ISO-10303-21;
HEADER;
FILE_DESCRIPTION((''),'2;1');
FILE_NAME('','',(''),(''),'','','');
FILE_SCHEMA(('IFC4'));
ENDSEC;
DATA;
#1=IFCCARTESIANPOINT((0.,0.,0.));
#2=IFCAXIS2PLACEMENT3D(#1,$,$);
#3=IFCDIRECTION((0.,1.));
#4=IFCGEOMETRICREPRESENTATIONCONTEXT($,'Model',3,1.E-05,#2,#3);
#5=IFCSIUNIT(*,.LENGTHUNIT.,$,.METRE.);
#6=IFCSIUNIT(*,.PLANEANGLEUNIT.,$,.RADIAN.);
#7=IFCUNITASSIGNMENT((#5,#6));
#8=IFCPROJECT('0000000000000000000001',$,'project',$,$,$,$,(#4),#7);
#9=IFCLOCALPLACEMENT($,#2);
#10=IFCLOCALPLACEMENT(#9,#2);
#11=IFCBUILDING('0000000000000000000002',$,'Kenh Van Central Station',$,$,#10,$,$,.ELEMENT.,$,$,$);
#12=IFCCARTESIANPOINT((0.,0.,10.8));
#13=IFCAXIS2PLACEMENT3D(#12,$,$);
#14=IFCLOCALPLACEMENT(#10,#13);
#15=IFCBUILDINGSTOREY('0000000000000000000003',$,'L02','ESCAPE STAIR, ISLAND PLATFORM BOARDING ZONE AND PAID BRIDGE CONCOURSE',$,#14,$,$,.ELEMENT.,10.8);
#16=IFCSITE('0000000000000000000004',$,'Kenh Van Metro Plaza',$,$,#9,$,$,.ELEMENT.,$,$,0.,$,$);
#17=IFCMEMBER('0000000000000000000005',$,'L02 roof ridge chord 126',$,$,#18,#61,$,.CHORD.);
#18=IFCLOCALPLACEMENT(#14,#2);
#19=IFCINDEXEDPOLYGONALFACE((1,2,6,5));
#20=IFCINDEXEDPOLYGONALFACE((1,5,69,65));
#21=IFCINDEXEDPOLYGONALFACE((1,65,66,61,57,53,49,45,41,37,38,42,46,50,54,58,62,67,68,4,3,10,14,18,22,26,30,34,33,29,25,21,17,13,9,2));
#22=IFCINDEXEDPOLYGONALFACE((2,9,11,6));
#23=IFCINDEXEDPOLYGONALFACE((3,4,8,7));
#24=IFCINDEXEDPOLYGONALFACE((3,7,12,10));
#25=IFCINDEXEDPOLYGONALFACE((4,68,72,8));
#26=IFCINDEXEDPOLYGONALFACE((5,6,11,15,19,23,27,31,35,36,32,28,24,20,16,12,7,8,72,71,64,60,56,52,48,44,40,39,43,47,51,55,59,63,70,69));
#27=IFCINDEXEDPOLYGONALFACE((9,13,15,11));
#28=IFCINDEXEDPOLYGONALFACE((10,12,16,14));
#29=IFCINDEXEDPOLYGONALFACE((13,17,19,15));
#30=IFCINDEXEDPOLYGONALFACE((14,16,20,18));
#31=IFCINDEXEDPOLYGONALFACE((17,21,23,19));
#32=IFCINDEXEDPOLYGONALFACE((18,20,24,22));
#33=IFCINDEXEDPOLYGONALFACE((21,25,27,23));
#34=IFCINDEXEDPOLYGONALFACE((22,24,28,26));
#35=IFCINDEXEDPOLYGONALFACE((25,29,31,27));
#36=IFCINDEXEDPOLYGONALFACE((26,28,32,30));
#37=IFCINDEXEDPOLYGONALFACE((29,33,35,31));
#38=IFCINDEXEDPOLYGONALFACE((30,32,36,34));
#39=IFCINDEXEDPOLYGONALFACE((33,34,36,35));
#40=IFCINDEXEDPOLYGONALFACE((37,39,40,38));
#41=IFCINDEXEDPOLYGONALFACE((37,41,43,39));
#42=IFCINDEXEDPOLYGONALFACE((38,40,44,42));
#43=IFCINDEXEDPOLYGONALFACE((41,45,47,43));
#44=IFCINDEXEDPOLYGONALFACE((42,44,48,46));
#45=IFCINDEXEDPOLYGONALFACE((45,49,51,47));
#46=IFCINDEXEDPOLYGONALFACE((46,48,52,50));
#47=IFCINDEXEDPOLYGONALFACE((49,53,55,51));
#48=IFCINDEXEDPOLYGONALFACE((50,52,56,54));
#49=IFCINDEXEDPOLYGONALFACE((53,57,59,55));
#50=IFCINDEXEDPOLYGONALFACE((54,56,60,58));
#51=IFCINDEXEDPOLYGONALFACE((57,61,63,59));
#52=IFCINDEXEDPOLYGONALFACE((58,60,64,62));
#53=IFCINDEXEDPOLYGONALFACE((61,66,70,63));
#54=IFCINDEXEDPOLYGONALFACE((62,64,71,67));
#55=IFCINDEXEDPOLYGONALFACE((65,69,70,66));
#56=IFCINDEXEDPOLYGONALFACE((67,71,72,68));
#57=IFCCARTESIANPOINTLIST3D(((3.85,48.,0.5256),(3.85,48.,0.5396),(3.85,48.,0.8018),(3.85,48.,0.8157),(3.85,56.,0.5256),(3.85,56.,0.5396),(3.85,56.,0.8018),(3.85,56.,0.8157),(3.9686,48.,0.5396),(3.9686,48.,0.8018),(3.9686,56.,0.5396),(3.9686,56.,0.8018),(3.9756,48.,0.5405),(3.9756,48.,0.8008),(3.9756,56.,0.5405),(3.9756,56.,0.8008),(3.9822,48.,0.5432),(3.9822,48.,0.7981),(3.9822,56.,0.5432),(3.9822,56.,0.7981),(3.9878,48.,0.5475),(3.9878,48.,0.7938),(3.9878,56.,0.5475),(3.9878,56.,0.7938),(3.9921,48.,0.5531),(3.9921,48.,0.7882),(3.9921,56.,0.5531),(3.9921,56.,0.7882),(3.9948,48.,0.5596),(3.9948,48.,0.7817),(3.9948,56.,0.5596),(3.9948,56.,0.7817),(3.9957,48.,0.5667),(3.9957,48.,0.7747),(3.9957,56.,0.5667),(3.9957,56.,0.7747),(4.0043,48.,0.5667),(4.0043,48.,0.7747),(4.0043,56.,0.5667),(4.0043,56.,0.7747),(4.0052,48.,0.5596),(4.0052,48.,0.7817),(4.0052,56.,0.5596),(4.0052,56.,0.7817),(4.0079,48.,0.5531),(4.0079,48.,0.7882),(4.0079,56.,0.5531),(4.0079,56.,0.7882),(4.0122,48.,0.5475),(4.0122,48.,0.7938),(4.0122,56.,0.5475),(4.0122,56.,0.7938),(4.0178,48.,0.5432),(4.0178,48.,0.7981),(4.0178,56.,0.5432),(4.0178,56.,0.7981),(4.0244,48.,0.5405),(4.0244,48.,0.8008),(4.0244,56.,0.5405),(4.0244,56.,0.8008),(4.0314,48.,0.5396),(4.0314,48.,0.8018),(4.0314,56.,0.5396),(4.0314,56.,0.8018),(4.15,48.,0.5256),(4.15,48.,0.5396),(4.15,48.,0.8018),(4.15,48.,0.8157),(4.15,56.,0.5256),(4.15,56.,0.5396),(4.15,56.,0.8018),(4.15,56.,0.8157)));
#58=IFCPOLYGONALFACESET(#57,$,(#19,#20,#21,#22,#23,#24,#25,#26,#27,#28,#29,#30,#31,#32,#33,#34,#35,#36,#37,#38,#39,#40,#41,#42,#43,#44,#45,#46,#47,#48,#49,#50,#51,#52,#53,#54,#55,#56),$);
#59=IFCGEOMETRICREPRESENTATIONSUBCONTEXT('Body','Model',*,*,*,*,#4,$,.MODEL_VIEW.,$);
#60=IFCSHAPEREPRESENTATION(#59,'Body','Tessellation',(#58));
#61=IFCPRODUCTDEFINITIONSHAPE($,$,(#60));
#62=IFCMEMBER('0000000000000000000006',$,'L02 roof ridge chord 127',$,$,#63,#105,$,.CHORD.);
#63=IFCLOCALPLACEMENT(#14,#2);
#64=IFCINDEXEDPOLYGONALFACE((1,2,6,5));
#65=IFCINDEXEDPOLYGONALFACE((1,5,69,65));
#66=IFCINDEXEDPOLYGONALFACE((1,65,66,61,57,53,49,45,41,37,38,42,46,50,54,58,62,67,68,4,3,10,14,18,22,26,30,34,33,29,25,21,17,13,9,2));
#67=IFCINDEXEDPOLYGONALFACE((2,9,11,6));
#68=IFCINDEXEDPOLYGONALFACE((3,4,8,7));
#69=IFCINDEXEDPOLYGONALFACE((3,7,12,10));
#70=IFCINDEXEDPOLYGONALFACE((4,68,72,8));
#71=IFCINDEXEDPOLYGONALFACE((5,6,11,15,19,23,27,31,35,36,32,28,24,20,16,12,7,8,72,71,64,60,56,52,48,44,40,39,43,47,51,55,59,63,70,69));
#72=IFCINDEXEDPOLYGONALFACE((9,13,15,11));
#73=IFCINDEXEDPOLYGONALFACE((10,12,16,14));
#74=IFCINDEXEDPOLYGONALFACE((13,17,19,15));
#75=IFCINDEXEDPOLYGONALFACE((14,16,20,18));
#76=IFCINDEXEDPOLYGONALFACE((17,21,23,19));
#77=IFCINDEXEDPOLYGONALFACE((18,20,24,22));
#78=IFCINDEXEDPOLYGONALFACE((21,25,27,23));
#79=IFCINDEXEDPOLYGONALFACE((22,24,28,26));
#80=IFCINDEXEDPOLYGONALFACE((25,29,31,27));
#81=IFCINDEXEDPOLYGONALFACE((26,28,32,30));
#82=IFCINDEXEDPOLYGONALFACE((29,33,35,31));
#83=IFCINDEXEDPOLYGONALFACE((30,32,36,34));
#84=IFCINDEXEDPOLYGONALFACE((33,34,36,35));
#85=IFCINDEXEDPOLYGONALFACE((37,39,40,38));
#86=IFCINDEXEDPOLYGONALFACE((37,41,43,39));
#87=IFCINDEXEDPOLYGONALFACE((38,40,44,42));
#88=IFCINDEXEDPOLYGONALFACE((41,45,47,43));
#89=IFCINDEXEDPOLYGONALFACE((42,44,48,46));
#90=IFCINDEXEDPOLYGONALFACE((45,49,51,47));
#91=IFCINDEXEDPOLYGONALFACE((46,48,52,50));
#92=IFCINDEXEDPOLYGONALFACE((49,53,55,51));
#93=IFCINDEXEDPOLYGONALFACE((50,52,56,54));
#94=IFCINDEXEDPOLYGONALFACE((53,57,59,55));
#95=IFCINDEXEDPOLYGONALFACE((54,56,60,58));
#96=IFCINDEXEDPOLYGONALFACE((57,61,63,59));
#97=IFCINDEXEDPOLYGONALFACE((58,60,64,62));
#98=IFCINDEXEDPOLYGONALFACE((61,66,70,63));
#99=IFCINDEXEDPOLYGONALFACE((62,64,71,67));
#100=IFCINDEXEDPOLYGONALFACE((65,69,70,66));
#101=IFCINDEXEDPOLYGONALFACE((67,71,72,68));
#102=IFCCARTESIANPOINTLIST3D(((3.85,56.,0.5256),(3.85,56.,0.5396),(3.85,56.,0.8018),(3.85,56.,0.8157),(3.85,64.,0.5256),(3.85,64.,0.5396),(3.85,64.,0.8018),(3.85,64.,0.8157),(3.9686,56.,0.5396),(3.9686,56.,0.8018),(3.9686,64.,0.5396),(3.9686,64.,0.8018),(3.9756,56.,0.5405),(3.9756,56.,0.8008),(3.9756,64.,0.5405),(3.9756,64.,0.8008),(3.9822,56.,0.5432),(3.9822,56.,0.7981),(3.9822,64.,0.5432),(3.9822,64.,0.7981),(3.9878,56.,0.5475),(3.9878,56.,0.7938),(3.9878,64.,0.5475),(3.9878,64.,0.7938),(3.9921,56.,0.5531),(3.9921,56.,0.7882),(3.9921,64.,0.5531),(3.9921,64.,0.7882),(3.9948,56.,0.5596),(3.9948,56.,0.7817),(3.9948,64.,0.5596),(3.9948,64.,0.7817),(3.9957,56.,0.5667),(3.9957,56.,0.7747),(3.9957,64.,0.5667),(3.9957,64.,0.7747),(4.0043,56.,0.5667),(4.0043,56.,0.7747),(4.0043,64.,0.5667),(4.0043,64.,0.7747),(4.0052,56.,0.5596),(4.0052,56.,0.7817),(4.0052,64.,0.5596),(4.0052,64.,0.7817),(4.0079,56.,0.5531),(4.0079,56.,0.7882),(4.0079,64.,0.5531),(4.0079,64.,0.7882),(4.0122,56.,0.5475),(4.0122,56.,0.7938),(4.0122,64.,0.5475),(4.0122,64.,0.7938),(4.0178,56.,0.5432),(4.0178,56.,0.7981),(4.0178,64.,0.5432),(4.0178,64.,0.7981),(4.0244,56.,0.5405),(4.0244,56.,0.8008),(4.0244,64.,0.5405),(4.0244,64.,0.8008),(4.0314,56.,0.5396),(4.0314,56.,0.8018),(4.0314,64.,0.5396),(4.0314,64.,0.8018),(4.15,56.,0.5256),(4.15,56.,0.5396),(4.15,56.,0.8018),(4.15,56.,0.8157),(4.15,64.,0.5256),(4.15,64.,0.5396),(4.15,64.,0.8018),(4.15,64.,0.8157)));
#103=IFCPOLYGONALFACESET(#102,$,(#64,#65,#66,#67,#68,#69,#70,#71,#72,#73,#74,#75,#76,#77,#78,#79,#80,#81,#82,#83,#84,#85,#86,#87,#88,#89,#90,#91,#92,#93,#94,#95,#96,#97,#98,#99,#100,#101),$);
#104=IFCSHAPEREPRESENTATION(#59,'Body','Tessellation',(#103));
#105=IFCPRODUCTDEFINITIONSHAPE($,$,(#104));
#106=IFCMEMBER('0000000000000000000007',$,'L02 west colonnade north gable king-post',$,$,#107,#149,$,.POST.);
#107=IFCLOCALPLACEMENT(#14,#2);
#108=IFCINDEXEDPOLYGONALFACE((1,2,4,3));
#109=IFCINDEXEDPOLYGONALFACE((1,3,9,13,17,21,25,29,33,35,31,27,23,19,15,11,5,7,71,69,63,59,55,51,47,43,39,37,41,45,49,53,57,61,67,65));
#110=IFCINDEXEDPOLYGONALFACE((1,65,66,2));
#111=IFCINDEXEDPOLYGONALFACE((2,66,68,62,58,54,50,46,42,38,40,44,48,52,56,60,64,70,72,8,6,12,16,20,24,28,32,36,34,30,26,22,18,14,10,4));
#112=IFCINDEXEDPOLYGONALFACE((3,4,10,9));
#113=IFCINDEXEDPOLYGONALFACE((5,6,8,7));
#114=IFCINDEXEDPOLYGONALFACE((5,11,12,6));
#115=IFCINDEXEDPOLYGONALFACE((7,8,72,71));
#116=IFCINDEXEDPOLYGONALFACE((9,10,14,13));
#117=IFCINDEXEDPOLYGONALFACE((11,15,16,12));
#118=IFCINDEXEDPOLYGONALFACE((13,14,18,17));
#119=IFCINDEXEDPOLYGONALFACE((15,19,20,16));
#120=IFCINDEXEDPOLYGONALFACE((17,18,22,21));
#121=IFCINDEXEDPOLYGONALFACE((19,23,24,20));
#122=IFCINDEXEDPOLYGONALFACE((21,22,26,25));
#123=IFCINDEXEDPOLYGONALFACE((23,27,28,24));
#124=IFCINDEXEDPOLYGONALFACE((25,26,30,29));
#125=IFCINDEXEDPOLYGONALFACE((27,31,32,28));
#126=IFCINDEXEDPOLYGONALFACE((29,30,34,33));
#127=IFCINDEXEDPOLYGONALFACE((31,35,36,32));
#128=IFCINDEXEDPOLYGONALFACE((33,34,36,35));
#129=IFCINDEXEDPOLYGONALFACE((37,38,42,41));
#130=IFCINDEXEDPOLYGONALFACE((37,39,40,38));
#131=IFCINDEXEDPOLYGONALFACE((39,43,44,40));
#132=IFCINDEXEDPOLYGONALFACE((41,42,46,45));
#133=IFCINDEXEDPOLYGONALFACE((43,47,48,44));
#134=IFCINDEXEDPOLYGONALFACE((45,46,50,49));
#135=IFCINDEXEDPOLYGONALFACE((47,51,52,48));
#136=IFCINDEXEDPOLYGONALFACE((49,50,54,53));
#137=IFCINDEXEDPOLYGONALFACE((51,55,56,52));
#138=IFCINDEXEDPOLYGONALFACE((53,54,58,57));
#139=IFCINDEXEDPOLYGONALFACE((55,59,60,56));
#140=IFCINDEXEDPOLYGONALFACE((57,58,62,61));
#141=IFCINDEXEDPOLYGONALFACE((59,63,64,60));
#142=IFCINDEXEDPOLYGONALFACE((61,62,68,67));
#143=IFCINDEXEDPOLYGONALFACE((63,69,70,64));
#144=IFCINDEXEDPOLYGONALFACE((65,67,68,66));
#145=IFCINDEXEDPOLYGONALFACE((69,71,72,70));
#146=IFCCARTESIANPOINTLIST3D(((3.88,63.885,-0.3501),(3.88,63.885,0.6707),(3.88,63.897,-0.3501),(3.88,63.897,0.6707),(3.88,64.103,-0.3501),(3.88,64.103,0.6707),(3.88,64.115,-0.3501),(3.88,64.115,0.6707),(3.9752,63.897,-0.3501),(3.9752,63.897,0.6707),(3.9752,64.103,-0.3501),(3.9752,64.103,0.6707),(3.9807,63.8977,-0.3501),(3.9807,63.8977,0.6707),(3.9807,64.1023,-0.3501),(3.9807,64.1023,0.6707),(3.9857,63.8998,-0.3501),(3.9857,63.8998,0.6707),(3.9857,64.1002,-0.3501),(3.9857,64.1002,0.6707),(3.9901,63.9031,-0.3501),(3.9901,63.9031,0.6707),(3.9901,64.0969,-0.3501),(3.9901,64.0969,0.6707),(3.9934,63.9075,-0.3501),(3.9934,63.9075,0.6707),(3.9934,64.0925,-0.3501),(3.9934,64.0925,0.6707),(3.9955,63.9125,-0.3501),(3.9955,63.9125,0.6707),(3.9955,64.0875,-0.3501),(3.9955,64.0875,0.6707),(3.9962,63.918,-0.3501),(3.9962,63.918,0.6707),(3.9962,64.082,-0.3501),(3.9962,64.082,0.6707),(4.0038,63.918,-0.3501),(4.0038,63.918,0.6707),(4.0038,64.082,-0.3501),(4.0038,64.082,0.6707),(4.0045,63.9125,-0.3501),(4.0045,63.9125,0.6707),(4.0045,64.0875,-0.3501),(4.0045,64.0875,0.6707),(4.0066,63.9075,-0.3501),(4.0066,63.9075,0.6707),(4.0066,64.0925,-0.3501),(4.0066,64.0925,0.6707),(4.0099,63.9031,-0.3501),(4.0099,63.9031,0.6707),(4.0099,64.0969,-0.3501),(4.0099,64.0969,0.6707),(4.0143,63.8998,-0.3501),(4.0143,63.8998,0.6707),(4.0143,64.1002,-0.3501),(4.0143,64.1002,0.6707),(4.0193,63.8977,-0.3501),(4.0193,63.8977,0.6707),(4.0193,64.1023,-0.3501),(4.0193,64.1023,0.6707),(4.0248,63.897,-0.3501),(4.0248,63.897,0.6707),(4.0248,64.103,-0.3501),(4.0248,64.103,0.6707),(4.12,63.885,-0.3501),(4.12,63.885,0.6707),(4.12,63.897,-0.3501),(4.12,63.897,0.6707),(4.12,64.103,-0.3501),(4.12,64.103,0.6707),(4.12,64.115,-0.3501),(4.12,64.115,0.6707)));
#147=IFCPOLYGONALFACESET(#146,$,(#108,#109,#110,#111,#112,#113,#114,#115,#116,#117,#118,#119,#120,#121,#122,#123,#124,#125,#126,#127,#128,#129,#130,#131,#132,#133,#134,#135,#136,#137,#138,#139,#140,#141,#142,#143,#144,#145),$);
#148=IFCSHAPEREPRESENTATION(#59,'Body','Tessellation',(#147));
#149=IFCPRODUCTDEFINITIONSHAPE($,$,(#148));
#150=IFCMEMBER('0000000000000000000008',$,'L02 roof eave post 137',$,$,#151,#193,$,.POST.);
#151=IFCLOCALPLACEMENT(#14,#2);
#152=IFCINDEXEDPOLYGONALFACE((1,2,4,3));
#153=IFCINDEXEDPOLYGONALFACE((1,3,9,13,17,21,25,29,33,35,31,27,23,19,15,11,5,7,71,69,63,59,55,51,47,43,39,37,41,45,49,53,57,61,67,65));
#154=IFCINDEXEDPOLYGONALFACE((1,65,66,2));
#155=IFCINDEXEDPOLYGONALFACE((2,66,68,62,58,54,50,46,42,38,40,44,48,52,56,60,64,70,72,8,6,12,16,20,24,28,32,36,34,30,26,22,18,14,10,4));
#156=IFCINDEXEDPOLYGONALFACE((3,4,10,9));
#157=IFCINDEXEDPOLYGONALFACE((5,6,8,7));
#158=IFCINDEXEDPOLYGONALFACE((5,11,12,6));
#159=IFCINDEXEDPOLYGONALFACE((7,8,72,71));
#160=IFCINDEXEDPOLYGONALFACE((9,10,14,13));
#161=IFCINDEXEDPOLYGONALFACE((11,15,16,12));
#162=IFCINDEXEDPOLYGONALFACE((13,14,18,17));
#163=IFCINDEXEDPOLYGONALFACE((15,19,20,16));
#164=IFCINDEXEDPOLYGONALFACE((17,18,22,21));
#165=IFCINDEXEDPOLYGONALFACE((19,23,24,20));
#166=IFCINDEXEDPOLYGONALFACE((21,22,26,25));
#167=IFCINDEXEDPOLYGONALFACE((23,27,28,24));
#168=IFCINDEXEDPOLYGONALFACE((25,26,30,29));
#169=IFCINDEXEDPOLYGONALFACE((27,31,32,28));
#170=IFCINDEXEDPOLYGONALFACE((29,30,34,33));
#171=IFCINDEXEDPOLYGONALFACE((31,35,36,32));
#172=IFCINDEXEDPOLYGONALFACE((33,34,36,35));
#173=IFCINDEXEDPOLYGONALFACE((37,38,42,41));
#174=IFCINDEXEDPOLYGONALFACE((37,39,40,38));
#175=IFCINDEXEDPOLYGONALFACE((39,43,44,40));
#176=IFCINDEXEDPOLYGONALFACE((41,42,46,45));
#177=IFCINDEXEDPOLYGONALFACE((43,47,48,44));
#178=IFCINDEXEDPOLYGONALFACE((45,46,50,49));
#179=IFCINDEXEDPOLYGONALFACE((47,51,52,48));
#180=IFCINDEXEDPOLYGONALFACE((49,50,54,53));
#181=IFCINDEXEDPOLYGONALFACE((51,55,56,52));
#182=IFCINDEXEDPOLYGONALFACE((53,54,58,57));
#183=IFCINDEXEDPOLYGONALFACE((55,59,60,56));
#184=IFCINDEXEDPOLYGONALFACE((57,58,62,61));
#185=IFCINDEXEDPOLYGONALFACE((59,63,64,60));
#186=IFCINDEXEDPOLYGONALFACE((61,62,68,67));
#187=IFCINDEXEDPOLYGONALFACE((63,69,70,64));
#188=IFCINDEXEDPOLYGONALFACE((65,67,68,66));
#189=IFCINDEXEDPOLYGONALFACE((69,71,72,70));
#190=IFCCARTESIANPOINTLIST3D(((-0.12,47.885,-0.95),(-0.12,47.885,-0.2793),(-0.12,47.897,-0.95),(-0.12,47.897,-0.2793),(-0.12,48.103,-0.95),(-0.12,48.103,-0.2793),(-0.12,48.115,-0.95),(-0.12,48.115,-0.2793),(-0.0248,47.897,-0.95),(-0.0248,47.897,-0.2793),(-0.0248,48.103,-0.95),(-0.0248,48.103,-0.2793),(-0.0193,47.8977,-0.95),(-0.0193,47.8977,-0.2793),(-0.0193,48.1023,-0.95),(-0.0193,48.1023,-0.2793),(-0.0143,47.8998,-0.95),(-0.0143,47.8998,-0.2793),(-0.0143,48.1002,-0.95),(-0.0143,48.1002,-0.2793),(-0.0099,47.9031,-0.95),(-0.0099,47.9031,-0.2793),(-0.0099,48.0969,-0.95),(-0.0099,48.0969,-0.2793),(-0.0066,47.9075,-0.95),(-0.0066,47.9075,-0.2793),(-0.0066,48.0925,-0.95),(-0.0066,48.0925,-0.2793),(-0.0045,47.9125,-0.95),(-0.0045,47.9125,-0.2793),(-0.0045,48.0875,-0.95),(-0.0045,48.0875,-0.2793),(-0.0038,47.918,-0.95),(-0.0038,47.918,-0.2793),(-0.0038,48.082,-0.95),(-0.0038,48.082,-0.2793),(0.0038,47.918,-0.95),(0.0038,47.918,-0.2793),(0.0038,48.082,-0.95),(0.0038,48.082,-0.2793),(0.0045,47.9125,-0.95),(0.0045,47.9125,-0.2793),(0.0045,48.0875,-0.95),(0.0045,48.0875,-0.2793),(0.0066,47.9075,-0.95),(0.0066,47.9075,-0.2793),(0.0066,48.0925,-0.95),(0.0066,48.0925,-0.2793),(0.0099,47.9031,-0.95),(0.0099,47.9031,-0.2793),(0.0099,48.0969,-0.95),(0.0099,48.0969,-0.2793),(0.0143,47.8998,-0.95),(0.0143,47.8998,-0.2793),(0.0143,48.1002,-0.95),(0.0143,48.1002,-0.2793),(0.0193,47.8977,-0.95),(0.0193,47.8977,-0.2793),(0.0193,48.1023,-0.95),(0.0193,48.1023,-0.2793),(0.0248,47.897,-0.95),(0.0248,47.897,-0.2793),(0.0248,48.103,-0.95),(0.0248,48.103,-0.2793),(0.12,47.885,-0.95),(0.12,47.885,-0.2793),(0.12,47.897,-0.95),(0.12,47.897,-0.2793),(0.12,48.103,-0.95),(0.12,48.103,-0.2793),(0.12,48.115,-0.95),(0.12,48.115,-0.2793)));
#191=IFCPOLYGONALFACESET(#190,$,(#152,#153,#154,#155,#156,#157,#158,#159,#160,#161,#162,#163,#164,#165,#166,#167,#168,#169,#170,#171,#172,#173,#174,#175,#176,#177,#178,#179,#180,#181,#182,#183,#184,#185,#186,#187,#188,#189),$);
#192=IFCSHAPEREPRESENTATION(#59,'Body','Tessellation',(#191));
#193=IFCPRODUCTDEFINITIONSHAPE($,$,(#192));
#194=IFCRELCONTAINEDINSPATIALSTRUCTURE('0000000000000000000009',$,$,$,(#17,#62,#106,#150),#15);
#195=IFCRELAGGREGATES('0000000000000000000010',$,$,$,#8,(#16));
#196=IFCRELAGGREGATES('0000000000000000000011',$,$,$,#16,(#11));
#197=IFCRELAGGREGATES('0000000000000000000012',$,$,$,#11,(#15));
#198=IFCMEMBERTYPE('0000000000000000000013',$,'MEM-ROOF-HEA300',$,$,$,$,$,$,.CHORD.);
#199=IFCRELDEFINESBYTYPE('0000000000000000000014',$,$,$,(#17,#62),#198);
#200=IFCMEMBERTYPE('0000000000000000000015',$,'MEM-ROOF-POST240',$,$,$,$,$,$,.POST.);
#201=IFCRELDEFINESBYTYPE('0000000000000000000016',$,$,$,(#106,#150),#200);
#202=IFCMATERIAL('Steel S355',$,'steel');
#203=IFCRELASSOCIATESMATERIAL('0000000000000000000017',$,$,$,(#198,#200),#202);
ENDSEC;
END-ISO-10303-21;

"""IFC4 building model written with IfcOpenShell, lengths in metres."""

from ifc_helpers import new_model, si_unit, direction, frame, origin, origin_2d, place, context, subcontext, project, spatial, i_section, extrude, material, material_profile, profile_set, type_object, element, save


model = new_model("IFC4")

# Units and contexts
model_context = context("Model", 3, precision=1e-05, world=origin(), true_north=direction((0.0, 1.0)))
body_context = subcontext(model_context, "Body", "Model", "MODEL_VIEW")
ifc_project = project(units=[si_unit("LENGTHUNIT", "METRE"), si_unit("PLANEANGLEUNIT", "RADIAN")], contexts=[model_context])

# Site, building, storey
site_placement = place(None, origin())
site = spatial("IfcSite", under=ifc_project, at=site_placement, Name="Kenh Van Metro Plaza", CompositionType="ELEMENT", RefElevation=0.0)
building_placement = place(site_placement, origin())
building = spatial("IfcBuilding", under=site, at=building_placement, Name="Kenh Van Central Station", CompositionType="ELEMENT")
storey_placement = place(building_placement, frame((0.0, 0.0, 10.8)))
storey = spatial("IfcBuildingStorey", under=building, at=storey_placement, Name="L02", Description="ESCAPE STAIR, ISLAND PLATFORM BOARDING ZONE AND PAID BRIDGE CONCOURSE", CompositionType="ELEMENT", Elevation=10.8)

# Shared definitions
ifc_material_1 = material(Name="Steel S355", Category="steel")

# Members
ifc_material_profile_1 = material_profile(ifc_material_1, i_section(OverallWidth=0.3, OverallDepth=0.29, WebThickness=0.0085, FlangeThickness=0.0139, FilletRadius=0.0271, at=origin_2d()), Name="HEA 300")
ifc_profile_set_1 = profile_set([ifc_material_profile_1], Name="Steel S355")
member_type_1 = type_object("IfcMemberType", Name="MEM-ROOF-HEA300", PredefinedType="CHORD", material=ifc_profile_set_1)
for number, where, z_axis, x_axis, name in (
    (1, (4.0, 48.0, 0.6707), (0.0, 1.0, 0.0), (-1.0, 0.0, 0.0), "L02 roof ridge chord 126"),
    (2, (4.0, 56.0, 0.6707), (0.0, 1.0, 0.0), (-1.0, 0.0, 0.0), "L02 roof ridge chord 127"),
):
    element("IfcMember", number, at=place(storey_placement, frame(where, z_axis=z_axis, x_axis=x_axis)), inside=storey, type_object=member_type_1, Name=name, PredefinedType="CHORD", context=body_context, shape_type="SweptSolid", body=[
        extrude(i_section(OverallWidth=0.3, OverallDepth=0.29, WebThickness=0.0085, FlangeThickness=0.0139, FilletRadius=0.0271, at=origin_2d()), origin(), (0.0, 0.0, 1.0), 8.0),
    ])
ifc_material_profile_2 = material_profile(ifc_material_1, i_section(OverallWidth=0.24, OverallDepth=0.23, WebThickness=0.0076, FlangeThickness=0.012, FilletRadius=0.021, at=origin_2d()), Name="HEA 240")
ifc_profile_set_2 = profile_set([ifc_material_profile_2], Name="Steel S355")
member_type_2 = type_object("IfcMemberType", Name="MEM-ROOF-POST240", PredefinedType="POST", material=ifc_profile_set_2)
member_placement = place(storey_placement, frame((4.0, 64.0, -0.3501), z_axis=(0.0, 0.0, 1.0), x_axis=(1.0, 0.0, 0.0)))
element("IfcMember", 3, at=member_placement, inside=storey, type_object=member_type_2, Name="L02 west colonnade north gable king-post", PredefinedType="POST", context=body_context, shape_type="SweptSolid", body=[
    extrude(i_section(OverallWidth=0.24, OverallDepth=0.23, WebThickness=0.0076, FlangeThickness=0.012, FilletRadius=0.021, at=origin_2d()), origin(), (0.0, 0.0, 1.0), 1.0208),
])
for number, where, z_axis, x_axis, name in (
    (4, (0.0, 48.0, -0.95), (0.0, 0.0, 1.0), (1.0, 0.0, 0.0), "L02 roof eave post 137"),
):
    element("IfcMember", number, at=place(storey_placement, frame(where, z_axis=z_axis, x_axis=x_axis)), inside=storey, type_object=member_type_2, Name=name, PredefinedType="POST", context=body_context, shape_type="SweptSolid", body=[
        extrude(i_section(OverallWidth=0.24, OverallDepth=0.23, WebThickness=0.0076, FlangeThickness=0.012, FilletRadius=0.021, at=origin_2d()), origin(), (0.0, 0.0, 1.0), 0.6707),
    ])

save(model, "model.ifc")
